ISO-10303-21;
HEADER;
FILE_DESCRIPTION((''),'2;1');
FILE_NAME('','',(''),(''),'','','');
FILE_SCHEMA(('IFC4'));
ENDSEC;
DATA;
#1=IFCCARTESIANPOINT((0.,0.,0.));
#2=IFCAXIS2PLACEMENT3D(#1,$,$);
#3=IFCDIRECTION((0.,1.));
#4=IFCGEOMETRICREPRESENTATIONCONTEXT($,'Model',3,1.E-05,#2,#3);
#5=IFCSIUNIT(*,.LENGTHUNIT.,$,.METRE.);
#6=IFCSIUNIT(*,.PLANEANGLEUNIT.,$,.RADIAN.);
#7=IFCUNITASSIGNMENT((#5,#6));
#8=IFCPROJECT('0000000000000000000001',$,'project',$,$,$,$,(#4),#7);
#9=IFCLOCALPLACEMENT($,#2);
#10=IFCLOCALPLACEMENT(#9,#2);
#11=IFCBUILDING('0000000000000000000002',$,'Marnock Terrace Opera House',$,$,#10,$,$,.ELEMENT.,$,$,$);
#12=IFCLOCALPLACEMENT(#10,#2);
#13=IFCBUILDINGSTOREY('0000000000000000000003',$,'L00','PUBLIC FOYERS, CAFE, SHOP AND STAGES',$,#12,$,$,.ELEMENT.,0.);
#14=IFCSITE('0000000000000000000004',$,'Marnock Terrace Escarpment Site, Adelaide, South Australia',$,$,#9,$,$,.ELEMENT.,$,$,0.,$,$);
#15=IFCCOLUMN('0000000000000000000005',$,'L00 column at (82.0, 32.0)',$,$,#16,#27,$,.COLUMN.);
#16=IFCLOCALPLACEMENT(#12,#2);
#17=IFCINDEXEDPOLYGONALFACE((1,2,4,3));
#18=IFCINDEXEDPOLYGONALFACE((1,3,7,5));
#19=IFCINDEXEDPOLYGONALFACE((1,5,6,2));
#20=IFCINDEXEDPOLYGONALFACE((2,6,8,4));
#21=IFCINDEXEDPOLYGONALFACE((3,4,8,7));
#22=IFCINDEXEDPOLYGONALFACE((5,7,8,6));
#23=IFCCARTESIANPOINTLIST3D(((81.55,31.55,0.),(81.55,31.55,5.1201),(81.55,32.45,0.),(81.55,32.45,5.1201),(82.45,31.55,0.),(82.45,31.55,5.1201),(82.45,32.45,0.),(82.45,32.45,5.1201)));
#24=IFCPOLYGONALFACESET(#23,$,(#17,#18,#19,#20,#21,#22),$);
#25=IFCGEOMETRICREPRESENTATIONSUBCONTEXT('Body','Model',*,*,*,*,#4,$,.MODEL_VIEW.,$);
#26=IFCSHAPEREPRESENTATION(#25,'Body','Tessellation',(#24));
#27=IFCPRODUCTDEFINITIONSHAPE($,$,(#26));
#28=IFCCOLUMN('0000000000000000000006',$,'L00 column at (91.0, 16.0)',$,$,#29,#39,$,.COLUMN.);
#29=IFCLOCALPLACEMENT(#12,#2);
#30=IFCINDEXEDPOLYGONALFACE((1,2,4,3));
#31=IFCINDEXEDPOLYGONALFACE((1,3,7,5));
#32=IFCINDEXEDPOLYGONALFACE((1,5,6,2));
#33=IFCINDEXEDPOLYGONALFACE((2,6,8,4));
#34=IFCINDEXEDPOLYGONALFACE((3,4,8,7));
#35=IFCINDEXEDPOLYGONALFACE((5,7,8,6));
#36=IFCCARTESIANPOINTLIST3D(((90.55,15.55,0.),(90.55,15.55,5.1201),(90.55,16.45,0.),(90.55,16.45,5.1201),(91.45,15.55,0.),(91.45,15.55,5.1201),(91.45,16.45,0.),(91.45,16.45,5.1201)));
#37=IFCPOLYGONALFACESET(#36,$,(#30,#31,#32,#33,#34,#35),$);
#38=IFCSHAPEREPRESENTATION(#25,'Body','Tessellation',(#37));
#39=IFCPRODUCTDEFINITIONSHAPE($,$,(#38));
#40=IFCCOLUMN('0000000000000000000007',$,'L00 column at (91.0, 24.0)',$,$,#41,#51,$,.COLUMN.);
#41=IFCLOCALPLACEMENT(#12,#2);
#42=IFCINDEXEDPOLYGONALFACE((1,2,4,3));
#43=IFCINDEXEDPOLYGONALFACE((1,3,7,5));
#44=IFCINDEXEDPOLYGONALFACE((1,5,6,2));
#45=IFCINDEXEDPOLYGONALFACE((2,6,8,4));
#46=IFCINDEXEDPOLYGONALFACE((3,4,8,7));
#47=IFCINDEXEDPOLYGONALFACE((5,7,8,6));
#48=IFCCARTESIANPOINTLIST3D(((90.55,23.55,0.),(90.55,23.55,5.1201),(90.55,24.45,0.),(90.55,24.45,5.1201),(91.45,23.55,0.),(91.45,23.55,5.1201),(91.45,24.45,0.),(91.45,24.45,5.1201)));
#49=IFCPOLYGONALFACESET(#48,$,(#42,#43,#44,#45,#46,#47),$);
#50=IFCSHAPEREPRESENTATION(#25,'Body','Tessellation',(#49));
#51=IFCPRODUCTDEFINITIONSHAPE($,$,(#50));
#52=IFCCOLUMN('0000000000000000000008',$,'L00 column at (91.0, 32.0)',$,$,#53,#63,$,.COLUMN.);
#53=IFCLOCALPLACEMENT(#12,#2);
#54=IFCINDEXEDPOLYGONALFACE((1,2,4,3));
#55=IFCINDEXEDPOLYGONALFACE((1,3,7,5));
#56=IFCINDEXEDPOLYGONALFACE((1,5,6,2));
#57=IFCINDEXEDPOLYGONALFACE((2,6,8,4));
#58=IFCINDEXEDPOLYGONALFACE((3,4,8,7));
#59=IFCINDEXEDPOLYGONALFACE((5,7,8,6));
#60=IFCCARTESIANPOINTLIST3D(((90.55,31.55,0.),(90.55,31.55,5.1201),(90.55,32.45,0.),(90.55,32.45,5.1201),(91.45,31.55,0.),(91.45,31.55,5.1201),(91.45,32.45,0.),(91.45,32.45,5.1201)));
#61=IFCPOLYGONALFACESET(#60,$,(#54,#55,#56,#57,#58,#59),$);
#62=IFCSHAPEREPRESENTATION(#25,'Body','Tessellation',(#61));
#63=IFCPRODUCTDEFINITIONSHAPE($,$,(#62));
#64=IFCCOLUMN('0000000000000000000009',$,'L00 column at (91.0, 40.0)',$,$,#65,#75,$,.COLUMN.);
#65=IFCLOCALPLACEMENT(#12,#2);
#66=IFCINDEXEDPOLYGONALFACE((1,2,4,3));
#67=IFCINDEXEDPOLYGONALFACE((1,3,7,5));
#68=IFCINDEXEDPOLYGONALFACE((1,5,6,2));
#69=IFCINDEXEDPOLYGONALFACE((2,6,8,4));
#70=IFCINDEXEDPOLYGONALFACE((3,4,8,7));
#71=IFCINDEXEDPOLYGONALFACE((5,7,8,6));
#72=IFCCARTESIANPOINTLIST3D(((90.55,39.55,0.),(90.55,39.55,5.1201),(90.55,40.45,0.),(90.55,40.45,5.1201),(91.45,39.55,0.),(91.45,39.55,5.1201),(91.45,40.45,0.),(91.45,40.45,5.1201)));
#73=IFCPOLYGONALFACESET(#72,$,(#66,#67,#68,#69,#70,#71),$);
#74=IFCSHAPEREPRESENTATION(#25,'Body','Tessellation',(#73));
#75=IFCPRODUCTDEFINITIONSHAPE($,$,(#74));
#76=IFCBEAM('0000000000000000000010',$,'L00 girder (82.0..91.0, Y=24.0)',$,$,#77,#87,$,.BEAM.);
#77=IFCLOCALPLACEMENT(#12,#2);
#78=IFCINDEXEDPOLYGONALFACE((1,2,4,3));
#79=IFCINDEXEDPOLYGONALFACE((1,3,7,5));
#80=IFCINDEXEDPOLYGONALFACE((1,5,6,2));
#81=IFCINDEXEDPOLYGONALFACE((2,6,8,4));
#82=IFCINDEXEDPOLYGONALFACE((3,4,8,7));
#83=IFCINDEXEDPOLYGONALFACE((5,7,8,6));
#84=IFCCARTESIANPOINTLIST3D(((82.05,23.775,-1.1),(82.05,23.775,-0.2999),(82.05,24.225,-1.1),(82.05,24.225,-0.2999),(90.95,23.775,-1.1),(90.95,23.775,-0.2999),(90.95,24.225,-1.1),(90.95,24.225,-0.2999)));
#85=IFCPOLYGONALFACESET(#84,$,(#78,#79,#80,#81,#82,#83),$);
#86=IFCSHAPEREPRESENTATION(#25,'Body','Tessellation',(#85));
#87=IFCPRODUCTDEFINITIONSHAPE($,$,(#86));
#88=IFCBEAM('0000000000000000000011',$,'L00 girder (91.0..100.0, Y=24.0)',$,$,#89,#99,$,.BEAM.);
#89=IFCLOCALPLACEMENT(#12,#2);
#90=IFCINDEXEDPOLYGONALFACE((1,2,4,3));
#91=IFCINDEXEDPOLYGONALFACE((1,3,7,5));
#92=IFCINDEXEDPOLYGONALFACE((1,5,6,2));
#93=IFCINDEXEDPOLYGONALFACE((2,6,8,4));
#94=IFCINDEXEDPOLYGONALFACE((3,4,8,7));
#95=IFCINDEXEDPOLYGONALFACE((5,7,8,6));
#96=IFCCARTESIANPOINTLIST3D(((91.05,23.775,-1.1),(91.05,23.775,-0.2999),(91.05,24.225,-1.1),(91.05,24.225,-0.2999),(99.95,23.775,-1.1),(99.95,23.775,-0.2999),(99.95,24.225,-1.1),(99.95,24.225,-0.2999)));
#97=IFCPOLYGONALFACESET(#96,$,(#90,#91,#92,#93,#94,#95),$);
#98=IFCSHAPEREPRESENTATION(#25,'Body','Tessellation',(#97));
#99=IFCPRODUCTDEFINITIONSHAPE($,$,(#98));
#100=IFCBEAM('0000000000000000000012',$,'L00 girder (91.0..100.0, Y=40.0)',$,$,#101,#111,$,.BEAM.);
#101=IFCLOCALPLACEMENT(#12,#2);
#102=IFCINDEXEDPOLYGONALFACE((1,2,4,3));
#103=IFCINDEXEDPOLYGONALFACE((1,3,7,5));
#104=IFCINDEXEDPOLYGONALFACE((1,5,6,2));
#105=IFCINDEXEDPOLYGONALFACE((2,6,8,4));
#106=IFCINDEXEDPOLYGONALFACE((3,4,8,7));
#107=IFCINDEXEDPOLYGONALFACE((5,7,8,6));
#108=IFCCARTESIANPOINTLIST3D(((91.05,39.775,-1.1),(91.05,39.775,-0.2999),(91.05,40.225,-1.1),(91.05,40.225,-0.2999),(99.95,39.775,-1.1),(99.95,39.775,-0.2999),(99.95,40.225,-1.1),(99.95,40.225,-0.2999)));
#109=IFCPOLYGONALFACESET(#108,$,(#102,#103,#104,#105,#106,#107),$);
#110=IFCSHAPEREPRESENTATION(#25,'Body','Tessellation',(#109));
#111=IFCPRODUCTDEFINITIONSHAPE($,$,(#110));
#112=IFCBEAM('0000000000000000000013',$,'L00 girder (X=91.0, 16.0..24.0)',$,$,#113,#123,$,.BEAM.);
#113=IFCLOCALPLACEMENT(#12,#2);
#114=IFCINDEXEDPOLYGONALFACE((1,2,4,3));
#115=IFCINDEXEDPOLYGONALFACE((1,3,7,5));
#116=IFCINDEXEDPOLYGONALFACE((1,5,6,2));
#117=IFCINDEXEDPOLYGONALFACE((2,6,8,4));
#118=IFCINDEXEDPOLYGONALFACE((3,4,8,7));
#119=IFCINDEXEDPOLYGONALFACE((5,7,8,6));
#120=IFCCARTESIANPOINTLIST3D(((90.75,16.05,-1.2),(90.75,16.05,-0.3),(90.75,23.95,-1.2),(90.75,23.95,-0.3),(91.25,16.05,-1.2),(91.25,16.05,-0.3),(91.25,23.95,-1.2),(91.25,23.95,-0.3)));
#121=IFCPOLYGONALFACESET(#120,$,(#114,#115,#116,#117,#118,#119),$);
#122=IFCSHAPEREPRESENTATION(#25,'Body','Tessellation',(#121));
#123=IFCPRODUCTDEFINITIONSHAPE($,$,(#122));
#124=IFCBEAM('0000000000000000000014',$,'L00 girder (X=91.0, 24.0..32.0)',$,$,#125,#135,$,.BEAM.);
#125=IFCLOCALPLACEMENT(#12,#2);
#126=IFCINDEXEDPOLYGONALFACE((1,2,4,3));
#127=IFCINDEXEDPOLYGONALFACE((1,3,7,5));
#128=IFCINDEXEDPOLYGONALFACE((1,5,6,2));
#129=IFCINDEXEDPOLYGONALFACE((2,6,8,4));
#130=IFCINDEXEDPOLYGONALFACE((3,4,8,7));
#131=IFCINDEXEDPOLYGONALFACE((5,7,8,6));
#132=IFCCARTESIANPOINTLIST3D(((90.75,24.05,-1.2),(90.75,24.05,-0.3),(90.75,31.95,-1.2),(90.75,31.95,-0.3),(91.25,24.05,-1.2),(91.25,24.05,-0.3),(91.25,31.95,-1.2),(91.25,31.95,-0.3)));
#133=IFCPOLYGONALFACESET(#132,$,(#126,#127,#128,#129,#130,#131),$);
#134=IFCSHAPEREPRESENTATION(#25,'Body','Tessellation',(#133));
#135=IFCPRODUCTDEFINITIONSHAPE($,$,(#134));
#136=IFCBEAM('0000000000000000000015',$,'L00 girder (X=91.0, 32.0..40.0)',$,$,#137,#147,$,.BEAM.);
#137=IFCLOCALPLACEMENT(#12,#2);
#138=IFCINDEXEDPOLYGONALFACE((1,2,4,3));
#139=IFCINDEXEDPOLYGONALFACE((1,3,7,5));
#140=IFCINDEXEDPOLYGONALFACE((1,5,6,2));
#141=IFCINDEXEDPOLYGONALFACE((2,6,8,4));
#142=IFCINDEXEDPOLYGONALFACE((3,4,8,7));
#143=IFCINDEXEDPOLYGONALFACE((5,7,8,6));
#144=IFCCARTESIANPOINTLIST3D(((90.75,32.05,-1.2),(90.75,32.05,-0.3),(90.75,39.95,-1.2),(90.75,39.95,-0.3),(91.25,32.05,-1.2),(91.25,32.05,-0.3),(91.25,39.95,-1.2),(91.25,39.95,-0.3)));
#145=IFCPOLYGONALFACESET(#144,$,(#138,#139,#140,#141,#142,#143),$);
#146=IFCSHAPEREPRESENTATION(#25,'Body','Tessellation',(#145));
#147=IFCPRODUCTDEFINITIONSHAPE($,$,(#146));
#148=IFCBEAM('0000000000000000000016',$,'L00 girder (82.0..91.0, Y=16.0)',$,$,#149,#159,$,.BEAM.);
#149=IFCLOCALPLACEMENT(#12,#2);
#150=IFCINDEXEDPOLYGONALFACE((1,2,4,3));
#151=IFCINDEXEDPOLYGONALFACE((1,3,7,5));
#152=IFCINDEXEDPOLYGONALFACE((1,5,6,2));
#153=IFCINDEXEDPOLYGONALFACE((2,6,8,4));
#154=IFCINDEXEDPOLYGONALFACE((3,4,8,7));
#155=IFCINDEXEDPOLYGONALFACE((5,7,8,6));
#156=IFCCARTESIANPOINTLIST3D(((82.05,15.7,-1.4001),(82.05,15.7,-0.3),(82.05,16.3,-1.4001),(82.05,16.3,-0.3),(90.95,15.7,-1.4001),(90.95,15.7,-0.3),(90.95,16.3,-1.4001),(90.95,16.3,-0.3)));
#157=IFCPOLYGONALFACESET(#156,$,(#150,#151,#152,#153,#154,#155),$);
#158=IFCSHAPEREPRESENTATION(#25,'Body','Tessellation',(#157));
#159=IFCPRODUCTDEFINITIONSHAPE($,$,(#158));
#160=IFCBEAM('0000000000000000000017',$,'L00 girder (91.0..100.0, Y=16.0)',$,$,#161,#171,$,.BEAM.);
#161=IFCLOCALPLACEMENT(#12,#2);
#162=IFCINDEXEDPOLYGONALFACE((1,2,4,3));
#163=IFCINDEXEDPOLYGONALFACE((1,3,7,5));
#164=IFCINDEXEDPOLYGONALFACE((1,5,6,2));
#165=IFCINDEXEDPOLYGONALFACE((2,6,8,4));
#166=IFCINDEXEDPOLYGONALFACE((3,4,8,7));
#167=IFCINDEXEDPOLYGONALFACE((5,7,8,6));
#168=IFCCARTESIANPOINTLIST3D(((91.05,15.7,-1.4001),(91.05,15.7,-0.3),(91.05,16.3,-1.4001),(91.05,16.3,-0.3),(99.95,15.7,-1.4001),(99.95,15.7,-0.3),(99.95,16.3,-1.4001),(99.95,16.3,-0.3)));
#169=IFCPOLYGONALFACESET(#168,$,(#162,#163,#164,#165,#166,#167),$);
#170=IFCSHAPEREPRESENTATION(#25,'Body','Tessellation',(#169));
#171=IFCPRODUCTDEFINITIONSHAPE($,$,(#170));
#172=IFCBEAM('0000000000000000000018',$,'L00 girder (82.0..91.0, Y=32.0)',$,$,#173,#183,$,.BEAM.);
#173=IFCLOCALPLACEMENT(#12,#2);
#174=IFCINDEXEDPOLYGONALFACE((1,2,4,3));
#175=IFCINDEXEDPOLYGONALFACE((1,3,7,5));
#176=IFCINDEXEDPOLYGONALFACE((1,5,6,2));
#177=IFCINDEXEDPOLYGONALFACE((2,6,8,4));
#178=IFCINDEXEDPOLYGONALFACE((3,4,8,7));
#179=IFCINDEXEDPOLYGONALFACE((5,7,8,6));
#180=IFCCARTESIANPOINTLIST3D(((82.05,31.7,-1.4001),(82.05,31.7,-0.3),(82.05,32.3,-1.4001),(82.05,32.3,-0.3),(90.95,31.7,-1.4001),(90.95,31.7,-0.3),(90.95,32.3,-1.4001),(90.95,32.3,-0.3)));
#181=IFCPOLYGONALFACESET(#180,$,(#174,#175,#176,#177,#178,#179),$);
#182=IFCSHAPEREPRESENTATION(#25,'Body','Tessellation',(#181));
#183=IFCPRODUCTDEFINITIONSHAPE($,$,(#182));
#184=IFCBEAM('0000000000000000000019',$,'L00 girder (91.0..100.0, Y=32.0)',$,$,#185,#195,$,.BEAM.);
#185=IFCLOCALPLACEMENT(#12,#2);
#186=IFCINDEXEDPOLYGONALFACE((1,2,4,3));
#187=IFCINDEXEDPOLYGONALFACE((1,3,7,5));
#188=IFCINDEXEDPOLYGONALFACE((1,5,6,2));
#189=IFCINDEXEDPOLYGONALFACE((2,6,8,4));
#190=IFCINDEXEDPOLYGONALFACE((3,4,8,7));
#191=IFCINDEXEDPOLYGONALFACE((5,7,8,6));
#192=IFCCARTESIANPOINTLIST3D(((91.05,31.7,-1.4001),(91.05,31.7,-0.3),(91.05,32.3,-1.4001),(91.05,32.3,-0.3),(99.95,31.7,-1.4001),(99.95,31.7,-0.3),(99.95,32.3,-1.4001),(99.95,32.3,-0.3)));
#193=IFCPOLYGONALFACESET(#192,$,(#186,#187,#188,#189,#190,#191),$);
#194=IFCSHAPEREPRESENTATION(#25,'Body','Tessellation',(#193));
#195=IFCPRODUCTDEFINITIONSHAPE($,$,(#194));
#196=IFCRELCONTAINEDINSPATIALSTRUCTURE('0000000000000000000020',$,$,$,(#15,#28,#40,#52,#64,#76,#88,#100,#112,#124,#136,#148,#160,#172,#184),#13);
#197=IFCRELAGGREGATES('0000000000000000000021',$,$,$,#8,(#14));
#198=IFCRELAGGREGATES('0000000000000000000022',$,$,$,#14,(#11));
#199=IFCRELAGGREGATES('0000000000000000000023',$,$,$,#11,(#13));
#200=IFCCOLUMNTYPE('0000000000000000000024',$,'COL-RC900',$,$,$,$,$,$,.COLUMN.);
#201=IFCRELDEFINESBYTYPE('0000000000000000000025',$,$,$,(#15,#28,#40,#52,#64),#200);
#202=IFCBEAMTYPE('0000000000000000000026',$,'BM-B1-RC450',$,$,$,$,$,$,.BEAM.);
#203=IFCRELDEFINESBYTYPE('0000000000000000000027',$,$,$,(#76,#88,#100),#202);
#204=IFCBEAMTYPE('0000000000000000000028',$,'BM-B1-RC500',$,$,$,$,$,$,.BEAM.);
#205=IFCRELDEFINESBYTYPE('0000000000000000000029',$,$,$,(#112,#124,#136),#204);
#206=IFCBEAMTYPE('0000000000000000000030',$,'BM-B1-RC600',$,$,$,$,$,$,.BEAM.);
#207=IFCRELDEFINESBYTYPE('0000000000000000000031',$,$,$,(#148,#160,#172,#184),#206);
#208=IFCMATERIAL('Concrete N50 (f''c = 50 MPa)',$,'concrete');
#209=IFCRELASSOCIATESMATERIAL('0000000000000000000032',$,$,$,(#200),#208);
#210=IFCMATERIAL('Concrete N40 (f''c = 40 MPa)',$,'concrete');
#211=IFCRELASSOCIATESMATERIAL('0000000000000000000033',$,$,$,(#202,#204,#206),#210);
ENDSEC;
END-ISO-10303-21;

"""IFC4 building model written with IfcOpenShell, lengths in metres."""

from ifc_helpers import new_model, si_unit, direction, frame, origin, origin_2d, place, context, subcontext, project, spatial, rectangle, extrude, material, material_profile, profile_set, type_object, element, save


model = new_model("IFC4")

# Units and contexts
model_context = context("Model", 3, precision=1e-05, world=origin(), true_north=direction((0.0, 1.0)))
body_context = subcontext(model_context, "Body", "Model", "MODEL_VIEW")
ifc_project = project(units=[si_unit("LENGTHUNIT", "METRE"), si_unit("PLANEANGLEUNIT", "RADIAN")], contexts=[model_context])

# Site, building, storey
site_placement = place(None, origin())
site = spatial("IfcSite", under=ifc_project, at=site_placement, Name="Marnock Terrace Escarpment Site, Adelaide, South Australia", CompositionType="ELEMENT", RefElevation=0.0)
building_placement = place(site_placement, origin())
building = spatial("IfcBuilding", under=site, at=building_placement, Name="Marnock Terrace Opera House", CompositionType="ELEMENT")
storey_placement = place(building_placement, origin())
storey = spatial("IfcBuildingStorey", under=building, at=storey_placement, Name="L00", Description="PUBLIC FOYERS, CAFE, SHOP AND STAGES", CompositionType="ELEMENT", Elevation=0.0)

# Columns
ifc_material_1 = material(Name="Concrete N50 (f'c = 50 MPa)", Category="concrete")
ifc_material_profile_1 = material_profile(ifc_material_1, rectangle(XDim=0.8999, YDim=0.8999, at=origin_2d()))
ifc_profile_set_1 = profile_set([ifc_material_profile_1], Name="Concrete N50 (f'c = 50 MPa)")
column_type = type_object("IfcColumnType", Name="COL-RC900", PredefinedType="COLUMN", material=ifc_profile_set_1)
for number, where, z_axis, x_axis, name in (
    (1, (82.0, 32.0, 0.0), (0.0, 0.0, 1.0), (1.0, 0.0, 0.0), "L00 column at (82.0, 32.0)"),
    (2, (91.0, 16.0, 0.0), (0.0, 0.0, 1.0), (1.0, 0.0, 0.0), "L00 column at (91.0, 16.0)"),
    (3, (91.0, 24.0, 0.0), (0.0, 0.0, 1.0), (1.0, 0.0, 0.0), "L00 column at (91.0, 24.0)"),
    (4, (91.0, 32.0, 0.0), (0.0, 0.0, 1.0), (1.0, 0.0, 0.0), "L00 column at (91.0, 32.0)"),
    (5, (91.0, 40.0, 0.0), (0.0, 0.0, 1.0), (1.0, 0.0, 0.0), "L00 column at (91.0, 40.0)"),
):
    element("IfcColumn", number, at=place(storey_placement, frame(where, z_axis=z_axis, x_axis=x_axis)), inside=storey, type_object=column_type, Name=name, PredefinedType="COLUMN", context=body_context, shape_type="SweptSolid", body=[
        extrude(rectangle(XDim=0.8999, YDim=0.8999, at=origin_2d()), origin(), (0.0, 0.0, 1.0), 5.1201),
    ])

# Beams
ifc_material_2 = material(Name="Concrete N40 (f'c = 40 MPa)", Category="concrete")
ifc_material_profile_2 = material_profile(ifc_material_2, rectangle(XDim=0.45, YDim=0.8, at=origin_2d()))
ifc_profile_set_2 = profile_set([ifc_material_profile_2], Name="Concrete N40 (f'c = 40 MPa)")
beam_type_1 = type_object("IfcBeamType", Name="BM-B1-RC450", PredefinedType="BEAM", material=ifc_profile_set_2)
for number, where, z_axis, x_axis, name in (
    (6, (82.05, 24.0, -0.7), (1.0, 0.0, 0.0), (0.0, 1.0, 0.0), "L00 girder (82.0..91.0, Y=24.0)"),
    (7, (91.05, 24.0, -0.7), (1.0, 0.0, 0.0), (0.0, 1.0, 0.0), "L00 girder (91.0..100.0, Y=24.0)"),
    (8, (91.05, 40.0, -0.7), (1.0, 0.0, 0.0), (0.0, 1.0, 0.0), "L00 girder (91.0..100.0, Y=40.0)"),
):
    element("IfcBeam", number, at=place(storey_placement, frame(where, z_axis=z_axis, x_axis=x_axis)), inside=storey, type_object=beam_type_1, Name=name, PredefinedType="BEAM", context=body_context, shape_type="SweptSolid", body=[
        extrude(rectangle(XDim=0.45, YDim=0.8, at=origin_2d()), origin(), (0.0, 0.0, 1.0), 8.8999),
    ])
ifc_material_profile_3 = material_profile(ifc_material_2, rectangle(XDim=0.5, YDim=0.8999, at=origin_2d()))
ifc_profile_set_3 = profile_set([ifc_material_profile_3], Name="Concrete N40 (f'c = 40 MPa)")
beam_type_2 = type_object("IfcBeamType", Name="BM-B1-RC500", PredefinedType="BEAM", material=ifc_profile_set_3)
for number, where, z_axis, x_axis, name in (
    (9, (91.0, 16.05, -0.75), (0.0, 1.0, 0.0), (-1.0, 0.0, 0.0), "L00 girder (X=91.0, 16.0..24.0)"),
    (10, (91.0, 24.05, -0.75), (0.0, 1.0, 0.0), (-1.0, 0.0, 0.0), "L00 girder (X=91.0, 24.0..32.0)"),
    (11, (91.0, 32.05, -0.75), (0.0, 1.0, 0.0), (-1.0, 0.0, 0.0), "L00 girder (X=91.0, 32.0..40.0)"),
):
    element("IfcBeam", number, at=place(storey_placement, frame(where, z_axis=z_axis, x_axis=x_axis)), inside=storey, type_object=beam_type_2, Name=name, PredefinedType="BEAM", context=body_context, shape_type="SweptSolid", body=[
        extrude(rectangle(XDim=0.5, YDim=0.8999, at=origin_2d()), origin(), (0.0, 0.0, 1.0), 7.8999),
    ])
ifc_material_profile_4 = material_profile(ifc_material_2, rectangle(XDim=0.6001, YDim=1.1001, at=origin_2d()))
ifc_profile_set_4 = profile_set([ifc_material_profile_4], Name="Concrete N40 (f'c = 40 MPa)")
beam_type_3 = type_object("IfcBeamType", Name="BM-B1-RC600", PredefinedType="BEAM", material=ifc_profile_set_4)
for number, where, z_axis, x_axis, name in (
    (12, (82.05, 16.0, -0.8501), (1.0, 0.0, 0.0), (0.0, 1.0, 0.0), "L00 girder (82.0..91.0, Y=16.0)"),
    (13, (91.05, 16.0, -0.8501), (1.0, 0.0, 0.0), (0.0, 1.0, 0.0), "L00 girder (91.0..100.0, Y=16.0)"),
    (14, (82.05, 32.0, -0.8501), (1.0, 0.0, 0.0), (0.0, 1.0, 0.0), "L00 girder (82.0..91.0, Y=32.0)"),
    (15, (91.05, 32.0, -0.8501), (1.0, 0.0, 0.0), (0.0, 1.0, 0.0), "L00 girder (91.0..100.0, Y=32.0)"),
):
    element("IfcBeam", number, at=place(storey_placement, frame(where, z_axis=z_axis, x_axis=x_axis)), inside=storey, type_object=beam_type_3, Name=name, PredefinedType="BEAM", context=body_context, shape_type="SweptSolid", body=[
        extrude(rectangle(XDim=0.6001, YDim=1.1001, at=origin_2d()), origin(), (0.0, 0.0, 1.0), 8.8999),
    ])

save(model, "model.ifc")
